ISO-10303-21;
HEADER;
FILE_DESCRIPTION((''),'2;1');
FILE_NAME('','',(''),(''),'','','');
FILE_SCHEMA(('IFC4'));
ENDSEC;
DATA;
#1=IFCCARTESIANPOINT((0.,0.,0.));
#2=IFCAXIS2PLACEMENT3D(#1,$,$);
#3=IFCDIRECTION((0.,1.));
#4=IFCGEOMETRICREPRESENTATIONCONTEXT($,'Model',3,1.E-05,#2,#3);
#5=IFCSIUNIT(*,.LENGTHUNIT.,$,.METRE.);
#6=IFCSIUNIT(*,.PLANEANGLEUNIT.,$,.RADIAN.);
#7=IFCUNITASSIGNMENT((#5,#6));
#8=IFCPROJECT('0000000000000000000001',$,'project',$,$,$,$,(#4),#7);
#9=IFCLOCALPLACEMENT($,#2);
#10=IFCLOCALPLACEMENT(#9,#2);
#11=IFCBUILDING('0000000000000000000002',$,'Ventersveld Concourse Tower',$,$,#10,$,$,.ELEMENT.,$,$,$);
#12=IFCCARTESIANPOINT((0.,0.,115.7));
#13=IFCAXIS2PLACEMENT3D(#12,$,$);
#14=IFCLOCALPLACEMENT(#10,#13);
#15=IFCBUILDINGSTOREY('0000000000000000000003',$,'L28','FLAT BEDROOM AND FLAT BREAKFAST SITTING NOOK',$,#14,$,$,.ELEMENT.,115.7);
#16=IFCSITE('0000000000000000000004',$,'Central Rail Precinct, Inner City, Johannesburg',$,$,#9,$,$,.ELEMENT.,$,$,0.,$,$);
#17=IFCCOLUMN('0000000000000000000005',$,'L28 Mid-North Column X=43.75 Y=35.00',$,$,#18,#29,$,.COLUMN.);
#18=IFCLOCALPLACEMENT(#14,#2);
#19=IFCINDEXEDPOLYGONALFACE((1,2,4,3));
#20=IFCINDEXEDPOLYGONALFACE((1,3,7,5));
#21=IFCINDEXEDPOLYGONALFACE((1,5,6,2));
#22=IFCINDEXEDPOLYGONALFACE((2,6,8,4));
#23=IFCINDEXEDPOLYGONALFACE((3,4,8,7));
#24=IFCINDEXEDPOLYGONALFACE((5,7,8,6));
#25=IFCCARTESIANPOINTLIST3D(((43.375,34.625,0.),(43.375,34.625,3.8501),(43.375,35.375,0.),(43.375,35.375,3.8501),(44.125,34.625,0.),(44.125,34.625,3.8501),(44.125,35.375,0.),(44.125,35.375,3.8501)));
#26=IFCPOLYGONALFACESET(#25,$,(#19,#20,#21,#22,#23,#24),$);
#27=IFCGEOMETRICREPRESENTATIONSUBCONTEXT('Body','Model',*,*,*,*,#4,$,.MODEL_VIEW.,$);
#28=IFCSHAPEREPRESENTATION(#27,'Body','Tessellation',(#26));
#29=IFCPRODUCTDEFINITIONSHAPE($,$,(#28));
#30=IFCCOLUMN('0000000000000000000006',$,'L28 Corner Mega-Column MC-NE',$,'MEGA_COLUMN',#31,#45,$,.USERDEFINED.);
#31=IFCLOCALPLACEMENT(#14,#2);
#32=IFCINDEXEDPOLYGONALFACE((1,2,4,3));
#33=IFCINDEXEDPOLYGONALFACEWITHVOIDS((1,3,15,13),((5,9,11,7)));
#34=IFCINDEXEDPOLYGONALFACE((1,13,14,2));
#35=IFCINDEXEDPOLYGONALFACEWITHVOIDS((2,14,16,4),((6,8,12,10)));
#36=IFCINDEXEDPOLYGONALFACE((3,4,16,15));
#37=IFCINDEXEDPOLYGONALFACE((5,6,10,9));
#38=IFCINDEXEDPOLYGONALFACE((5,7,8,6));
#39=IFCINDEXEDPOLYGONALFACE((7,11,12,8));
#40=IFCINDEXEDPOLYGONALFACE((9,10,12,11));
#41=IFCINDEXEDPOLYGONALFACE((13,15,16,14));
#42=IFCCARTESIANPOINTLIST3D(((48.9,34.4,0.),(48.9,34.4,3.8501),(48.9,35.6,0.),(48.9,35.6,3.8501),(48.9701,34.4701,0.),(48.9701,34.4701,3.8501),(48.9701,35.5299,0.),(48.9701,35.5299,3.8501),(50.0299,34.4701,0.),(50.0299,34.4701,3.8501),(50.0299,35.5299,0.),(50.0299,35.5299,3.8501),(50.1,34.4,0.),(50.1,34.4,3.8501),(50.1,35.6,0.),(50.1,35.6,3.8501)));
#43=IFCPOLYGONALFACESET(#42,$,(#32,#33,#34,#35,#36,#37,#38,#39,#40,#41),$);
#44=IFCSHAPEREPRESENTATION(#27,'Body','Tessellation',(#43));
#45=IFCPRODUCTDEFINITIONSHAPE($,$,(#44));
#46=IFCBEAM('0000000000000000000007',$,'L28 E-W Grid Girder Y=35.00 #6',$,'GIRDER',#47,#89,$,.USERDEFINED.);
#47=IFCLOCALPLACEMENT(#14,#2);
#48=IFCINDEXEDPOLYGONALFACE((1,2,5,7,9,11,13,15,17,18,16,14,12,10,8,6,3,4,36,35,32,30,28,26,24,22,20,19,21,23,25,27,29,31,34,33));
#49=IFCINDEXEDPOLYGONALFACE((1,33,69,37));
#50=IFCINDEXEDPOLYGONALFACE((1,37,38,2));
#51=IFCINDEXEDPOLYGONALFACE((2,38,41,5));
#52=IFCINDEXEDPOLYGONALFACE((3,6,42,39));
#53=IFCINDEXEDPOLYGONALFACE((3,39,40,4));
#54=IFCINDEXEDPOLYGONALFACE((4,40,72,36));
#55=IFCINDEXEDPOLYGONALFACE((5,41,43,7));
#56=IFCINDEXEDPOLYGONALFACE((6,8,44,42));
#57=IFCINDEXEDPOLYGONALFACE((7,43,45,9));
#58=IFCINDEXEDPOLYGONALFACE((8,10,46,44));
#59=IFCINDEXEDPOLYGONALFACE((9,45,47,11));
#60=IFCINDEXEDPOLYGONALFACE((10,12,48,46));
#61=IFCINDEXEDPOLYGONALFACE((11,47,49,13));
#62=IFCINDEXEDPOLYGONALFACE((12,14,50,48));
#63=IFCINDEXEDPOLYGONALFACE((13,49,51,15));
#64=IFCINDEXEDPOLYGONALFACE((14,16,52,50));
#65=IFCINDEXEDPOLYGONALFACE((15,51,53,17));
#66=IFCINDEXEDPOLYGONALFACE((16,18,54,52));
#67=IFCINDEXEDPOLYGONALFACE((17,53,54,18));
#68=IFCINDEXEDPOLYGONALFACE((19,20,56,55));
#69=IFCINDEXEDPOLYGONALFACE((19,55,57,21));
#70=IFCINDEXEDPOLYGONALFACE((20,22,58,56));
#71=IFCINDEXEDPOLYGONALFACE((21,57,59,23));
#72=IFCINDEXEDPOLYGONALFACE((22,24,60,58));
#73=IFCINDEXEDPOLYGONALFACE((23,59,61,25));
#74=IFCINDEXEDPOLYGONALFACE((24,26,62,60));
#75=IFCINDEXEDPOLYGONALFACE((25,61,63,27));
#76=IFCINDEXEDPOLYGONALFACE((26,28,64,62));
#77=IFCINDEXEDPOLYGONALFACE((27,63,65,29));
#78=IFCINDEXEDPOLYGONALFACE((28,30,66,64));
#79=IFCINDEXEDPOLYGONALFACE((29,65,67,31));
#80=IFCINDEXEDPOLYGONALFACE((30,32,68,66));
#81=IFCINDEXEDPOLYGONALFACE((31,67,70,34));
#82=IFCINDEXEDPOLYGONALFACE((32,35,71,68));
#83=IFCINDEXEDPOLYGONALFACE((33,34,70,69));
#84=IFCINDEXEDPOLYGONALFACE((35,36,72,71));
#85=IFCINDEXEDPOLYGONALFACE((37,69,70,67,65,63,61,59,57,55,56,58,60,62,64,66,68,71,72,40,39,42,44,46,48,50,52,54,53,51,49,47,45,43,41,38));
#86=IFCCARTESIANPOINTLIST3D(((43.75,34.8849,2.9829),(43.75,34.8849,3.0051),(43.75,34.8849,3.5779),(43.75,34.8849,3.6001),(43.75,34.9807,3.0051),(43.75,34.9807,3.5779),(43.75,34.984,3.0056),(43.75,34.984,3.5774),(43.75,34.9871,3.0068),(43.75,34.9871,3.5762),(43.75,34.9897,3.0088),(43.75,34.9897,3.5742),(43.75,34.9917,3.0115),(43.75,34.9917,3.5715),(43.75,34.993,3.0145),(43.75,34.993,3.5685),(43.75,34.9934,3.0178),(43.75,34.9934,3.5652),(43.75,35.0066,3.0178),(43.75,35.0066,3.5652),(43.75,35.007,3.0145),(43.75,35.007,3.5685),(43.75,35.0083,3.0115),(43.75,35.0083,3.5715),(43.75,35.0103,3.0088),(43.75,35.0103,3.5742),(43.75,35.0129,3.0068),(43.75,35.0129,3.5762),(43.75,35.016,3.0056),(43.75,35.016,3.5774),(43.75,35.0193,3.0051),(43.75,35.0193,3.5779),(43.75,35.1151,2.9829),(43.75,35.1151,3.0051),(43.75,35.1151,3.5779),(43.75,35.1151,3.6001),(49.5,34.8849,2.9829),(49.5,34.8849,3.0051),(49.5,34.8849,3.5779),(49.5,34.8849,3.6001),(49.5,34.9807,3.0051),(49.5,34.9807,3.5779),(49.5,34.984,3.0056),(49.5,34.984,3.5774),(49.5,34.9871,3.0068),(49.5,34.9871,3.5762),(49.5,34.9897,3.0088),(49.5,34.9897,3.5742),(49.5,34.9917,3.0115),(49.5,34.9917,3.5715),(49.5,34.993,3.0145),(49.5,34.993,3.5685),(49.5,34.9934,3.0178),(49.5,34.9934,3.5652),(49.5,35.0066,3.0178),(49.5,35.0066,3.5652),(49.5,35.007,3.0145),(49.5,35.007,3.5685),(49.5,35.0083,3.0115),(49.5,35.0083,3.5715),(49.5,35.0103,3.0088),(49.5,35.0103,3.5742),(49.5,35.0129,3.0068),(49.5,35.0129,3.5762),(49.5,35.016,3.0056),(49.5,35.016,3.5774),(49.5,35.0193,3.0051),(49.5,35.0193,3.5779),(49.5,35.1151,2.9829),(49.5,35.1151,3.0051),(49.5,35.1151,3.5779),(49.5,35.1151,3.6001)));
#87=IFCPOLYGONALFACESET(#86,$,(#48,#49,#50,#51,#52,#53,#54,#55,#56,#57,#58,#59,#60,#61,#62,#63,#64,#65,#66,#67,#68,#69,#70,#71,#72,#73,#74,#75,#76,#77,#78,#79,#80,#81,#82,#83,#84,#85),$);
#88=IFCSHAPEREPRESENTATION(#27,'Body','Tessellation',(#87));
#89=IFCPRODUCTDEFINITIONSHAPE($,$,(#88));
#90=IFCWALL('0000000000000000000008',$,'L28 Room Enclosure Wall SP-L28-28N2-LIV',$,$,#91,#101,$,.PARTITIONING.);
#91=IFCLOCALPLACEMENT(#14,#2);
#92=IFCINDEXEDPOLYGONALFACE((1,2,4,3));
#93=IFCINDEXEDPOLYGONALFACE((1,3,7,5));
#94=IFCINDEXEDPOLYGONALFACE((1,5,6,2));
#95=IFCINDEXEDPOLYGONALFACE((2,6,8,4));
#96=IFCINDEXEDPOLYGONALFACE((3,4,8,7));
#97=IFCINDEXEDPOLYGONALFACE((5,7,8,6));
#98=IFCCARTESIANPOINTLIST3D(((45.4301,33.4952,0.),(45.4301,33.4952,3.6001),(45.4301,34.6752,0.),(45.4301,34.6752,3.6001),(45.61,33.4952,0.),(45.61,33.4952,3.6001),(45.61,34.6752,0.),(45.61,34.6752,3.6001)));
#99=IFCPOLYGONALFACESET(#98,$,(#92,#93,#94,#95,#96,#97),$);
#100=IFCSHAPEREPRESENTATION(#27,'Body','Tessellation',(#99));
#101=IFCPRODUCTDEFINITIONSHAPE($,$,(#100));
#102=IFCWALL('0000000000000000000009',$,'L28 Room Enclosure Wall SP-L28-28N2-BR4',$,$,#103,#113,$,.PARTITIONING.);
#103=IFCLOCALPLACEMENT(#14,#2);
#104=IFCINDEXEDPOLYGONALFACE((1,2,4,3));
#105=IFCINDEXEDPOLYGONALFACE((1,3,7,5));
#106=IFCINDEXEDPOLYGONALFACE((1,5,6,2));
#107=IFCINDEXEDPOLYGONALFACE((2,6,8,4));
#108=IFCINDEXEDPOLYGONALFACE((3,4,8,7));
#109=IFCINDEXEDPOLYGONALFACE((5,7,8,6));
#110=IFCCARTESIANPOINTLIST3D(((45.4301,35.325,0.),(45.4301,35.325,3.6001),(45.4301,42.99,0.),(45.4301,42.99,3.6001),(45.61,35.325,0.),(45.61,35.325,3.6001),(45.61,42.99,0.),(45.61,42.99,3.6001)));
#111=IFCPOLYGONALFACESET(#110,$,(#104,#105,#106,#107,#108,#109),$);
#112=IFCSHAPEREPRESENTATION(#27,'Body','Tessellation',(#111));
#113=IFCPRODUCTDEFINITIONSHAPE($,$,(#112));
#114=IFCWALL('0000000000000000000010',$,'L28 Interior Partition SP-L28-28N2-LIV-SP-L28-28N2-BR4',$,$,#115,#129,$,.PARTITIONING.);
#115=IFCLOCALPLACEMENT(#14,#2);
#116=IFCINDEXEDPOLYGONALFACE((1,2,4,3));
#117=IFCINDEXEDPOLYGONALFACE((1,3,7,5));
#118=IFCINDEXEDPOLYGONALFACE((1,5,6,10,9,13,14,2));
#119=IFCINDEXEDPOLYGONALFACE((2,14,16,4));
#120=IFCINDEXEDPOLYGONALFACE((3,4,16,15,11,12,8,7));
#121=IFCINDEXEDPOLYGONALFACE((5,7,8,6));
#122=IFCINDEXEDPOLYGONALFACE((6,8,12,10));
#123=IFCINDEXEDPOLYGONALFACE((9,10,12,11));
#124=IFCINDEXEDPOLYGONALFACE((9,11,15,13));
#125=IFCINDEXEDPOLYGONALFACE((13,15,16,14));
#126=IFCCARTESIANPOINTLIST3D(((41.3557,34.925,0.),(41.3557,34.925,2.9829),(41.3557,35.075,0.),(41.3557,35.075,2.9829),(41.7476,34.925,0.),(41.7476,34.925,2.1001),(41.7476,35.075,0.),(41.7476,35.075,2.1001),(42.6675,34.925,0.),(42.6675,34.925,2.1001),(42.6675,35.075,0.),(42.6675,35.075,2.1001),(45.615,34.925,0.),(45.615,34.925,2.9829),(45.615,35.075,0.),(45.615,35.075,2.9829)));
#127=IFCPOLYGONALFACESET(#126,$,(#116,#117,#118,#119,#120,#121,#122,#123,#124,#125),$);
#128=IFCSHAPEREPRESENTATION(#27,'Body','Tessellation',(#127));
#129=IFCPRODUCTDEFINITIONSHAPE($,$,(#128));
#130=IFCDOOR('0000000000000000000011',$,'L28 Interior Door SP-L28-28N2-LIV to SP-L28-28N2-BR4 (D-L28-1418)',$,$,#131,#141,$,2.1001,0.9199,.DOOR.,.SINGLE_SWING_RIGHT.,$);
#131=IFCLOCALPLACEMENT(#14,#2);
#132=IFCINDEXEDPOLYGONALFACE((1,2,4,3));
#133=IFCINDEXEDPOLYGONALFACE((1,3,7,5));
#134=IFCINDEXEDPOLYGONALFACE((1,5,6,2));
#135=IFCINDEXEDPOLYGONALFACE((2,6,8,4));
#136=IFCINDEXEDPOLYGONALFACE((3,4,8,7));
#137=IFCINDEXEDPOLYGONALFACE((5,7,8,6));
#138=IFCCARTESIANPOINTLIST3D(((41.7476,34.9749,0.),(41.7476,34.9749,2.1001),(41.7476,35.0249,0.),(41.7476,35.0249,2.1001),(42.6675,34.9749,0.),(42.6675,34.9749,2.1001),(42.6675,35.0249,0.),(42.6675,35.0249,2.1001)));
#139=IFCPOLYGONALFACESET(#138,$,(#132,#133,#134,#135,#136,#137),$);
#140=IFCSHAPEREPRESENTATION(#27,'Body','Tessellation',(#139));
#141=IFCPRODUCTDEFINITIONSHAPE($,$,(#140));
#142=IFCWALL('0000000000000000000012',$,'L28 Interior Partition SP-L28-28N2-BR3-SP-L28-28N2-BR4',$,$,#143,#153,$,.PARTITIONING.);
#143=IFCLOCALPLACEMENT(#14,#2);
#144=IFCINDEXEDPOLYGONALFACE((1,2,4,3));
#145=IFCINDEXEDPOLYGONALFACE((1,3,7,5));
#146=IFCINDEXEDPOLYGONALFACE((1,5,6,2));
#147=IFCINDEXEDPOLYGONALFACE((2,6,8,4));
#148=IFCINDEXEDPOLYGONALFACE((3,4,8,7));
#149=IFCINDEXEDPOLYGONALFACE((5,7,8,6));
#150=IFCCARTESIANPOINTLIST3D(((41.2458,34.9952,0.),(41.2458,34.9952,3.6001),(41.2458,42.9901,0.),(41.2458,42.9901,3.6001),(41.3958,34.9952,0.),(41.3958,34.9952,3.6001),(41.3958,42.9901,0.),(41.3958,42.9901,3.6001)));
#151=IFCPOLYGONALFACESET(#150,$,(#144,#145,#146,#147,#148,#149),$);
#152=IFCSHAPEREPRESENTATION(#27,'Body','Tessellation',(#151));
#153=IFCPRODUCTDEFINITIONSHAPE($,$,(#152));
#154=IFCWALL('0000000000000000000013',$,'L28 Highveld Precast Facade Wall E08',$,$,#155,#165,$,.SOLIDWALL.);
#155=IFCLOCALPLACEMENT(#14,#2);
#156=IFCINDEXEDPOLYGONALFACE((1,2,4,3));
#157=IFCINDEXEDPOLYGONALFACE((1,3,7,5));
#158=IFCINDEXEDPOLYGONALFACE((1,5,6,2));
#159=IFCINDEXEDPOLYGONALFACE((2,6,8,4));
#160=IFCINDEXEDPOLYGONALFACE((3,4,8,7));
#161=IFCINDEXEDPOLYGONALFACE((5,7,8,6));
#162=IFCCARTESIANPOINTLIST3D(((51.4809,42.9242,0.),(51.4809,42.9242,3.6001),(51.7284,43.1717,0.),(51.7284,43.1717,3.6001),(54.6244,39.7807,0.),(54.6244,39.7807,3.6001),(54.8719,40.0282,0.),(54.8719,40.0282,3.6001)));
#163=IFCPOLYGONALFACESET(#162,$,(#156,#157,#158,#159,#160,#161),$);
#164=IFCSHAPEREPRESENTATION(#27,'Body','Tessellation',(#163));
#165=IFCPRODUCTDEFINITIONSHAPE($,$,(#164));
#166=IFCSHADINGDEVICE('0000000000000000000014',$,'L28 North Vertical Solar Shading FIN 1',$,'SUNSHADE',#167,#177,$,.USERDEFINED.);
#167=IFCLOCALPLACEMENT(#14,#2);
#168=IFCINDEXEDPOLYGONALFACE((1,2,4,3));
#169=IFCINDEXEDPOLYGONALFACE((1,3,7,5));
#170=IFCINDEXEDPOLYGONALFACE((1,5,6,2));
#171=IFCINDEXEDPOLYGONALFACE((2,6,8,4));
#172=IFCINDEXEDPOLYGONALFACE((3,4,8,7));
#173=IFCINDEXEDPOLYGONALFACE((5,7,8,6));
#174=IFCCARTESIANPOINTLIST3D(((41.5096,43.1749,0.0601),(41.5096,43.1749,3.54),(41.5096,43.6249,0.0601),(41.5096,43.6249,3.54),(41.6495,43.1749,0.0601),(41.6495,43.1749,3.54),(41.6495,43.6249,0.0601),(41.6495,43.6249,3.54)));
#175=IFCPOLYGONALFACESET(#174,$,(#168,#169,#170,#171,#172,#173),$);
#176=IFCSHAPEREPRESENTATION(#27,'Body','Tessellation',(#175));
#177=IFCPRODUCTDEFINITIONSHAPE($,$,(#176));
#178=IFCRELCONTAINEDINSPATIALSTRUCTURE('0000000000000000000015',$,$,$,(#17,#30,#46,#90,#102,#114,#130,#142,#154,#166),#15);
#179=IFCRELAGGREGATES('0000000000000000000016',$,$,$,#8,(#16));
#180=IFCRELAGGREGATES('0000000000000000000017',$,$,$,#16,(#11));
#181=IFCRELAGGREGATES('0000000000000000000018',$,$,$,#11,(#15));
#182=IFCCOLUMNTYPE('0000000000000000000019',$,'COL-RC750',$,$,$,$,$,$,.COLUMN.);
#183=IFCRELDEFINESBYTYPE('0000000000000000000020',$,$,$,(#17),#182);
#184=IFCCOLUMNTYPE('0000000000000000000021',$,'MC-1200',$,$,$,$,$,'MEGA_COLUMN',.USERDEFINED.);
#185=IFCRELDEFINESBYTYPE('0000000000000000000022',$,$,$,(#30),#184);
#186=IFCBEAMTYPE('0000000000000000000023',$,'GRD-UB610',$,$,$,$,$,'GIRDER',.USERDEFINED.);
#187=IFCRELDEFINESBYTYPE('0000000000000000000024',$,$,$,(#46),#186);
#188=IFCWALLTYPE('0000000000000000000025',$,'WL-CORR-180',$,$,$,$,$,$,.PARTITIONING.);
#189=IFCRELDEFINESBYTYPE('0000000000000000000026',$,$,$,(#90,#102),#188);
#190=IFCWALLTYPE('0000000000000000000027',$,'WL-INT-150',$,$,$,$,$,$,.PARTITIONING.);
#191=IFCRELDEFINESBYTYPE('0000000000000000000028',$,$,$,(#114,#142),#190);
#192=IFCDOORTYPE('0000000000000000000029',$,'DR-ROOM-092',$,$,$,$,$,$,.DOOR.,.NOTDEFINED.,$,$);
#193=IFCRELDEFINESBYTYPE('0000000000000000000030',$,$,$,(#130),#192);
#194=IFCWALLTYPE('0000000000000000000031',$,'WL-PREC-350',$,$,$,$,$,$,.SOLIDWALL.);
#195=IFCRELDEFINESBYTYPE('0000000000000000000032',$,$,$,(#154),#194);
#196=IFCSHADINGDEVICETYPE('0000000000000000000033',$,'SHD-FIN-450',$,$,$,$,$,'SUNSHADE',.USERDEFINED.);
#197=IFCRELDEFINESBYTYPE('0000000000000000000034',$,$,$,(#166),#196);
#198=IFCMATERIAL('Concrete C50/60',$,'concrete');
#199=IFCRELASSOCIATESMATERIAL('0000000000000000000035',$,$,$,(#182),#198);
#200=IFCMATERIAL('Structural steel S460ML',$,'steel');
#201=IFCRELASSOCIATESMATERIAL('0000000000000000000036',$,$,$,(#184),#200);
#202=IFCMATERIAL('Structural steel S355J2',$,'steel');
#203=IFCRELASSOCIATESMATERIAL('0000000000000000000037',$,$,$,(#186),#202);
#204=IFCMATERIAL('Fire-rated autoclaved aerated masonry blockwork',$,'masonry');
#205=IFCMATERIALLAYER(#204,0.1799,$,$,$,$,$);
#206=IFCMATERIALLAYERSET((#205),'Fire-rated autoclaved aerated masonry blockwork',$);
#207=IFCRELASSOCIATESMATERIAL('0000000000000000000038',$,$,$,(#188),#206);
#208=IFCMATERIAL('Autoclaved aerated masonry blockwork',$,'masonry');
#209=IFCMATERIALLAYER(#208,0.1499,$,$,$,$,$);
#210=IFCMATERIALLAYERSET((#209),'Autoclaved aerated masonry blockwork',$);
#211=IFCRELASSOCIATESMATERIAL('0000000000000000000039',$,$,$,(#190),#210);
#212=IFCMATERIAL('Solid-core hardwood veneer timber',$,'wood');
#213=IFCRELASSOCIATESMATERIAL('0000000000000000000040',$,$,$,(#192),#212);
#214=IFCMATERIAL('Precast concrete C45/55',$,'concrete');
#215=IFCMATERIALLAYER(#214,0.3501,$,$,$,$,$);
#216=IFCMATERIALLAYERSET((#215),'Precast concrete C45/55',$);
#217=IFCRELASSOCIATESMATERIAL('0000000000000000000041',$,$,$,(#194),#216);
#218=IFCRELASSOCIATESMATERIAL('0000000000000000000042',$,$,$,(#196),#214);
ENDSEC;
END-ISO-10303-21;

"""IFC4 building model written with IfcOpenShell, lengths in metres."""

from ifc_helpers import new_model, si_unit, direction, frame, frame_2d, origin, origin_2d, place, context, subcontext, project, spatial, rectangle, hollow_rectangle, i_section, extrude, material, layer, layer_set, material_profile, profile_set, type_object, element, fill, save


model = new_model("IFC4")

# Units and contexts
model_context = context("Model", 3, precision=1e-05, world=origin(), true_north=direction((0.0, 1.0)))
body_context = subcontext(model_context, "Body", "Model", "MODEL_VIEW")
ifc_project = project(units=[si_unit("LENGTHUNIT", "METRE"), si_unit("PLANEANGLEUNIT", "RADIAN")], contexts=[model_context])

# Site, building, storey
site_placement = place(None, origin())
site = spatial("IfcSite", under=ifc_project, at=site_placement, Name="Central Rail Precinct, Inner City, Johannesburg", CompositionType="ELEMENT", RefElevation=0.0)
building_placement = place(site_placement, origin())
building = spatial("IfcBuilding", under=site, at=building_placement, Name="Ventersveld Concourse Tower", CompositionType="ELEMENT")
storey_placement = place(building_placement, frame((0.0, 0.0, 115.7)))
storey = spatial("IfcBuildingStorey", under=building, at=storey_placement, Name="L28", Description="FLAT BEDROOM AND FLAT BREAKFAST SITTING NOOK", CompositionType="ELEMENT", Elevation=115.7)

# Columns
ifc_material_1 = material(Name="Concrete C50/60", Category="concrete")
ifc_material_profile_1 = material_profile(ifc_material_1, rectangle(XDim=0.75, YDim=0.75, at=origin_2d()), Name="RC 750x750")
ifc_profile_set_1 = profile_set([ifc_material_profile_1], Name="Concrete C50/60")
column_type_1 = type_object("IfcColumnType", Name="COL-RC750", PredefinedType="COLUMN", material=ifc_profile_set_1)
column_1_placement = place(storey_placement, frame((43.75, 35.0, 0.0), z_axis=(0.0, 0.0, 1.0), x_axis=(1.0, 0.0, 0.0)))
element("IfcColumn", 1, at=column_1_placement, inside=storey, type_object=column_type_1, Name="L28 Mid-North Column X=43.75 Y=35.00", PredefinedType="COLUMN", context=body_context, shape_type="SweptSolid", body=[
    extrude(rectangle(XDim=0.75, YDim=0.75, at=origin_2d()), origin(), (0.0, 0.0, 1.0), 3.8501),
])
ifc_material_2 = material(Name="Structural steel S460ML", Category="steel")
ifc_material_profile_2 = material_profile(ifc_material_2, hollow_rectangle(XDim=1.2, YDim=1.2, WallThickness=0.0701, at=origin_2d()), Name="BOX 1200x1200x70")
ifc_profile_set_2 = profile_set([ifc_material_profile_2], Name="Structural steel S460ML")
column_type_2 = type_object("IfcColumnType", Name="MC-1200", ElementType="MEGA_COLUMN", PredefinedType="USERDEFINED", material=ifc_profile_set_2)
column_2_placement = place(storey_placement, frame((49.5, 35.0, 0.0), z_axis=(0.0, 0.0, 1.0), x_axis=(1.0, 0.0, 0.0)))
element("IfcColumn", 2, at=column_2_placement, inside=storey, type_object=column_type_2, Name="L28 Corner Mega-Column MC-NE", ObjectType="MEGA_COLUMN", PredefinedType="USERDEFINED", context=body_context, shape_type="SweptSolid", body=[
    extrude(hollow_rectangle(XDim=1.2, YDim=1.2, WallThickness=0.0701, at=origin_2d()), origin(), (0.0, 0.0, 1.0), 3.8501),
])

# Beam
ifc_material_3 = material(Name="Structural steel S355J2", Category="steel")
ifc_material_profile_3 = material_profile(ifc_material_3, i_section(OverallWidth=0.2302, OverallDepth=0.6172, WebThickness=0.0132, FlangeThickness=0.0222, FilletRadius=0.0127, at=origin_2d()), Name="UB 610x229x140")
ifc_profile_set_3 = profile_set([ifc_material_profile_3], Name="Structural steel S355J2")
beam_type = type_object("IfcBeamType", Name="GRD-UB610", ElementType="GIRDER", PredefinedType="USERDEFINED", material=ifc_profile_set_3)
beam_placement = place(storey_placement, frame((43.75, 35.0, 3.2915), z_axis=(1.0, 0.0, 0.0), x_axis=(0.0, 1.0, 0.0)))
element("IfcBeam", 3, at=beam_placement, inside=storey, type_object=beam_type, Name="L28 E-W Grid Girder Y=35.00 #6", ObjectType="GIRDER", PredefinedType="USERDEFINED", context=body_context, shape_type="SweptSolid", body=[
    extrude(i_section(OverallWidth=0.2302, OverallDepth=0.6172, WebThickness=0.0132, FlangeThickness=0.0222, FilletRadius=0.0127, at=origin_2d()), origin(), (0.0, 0.0, 1.0), 5.75),
])

# Walls
ifc_material_4 = material(Name="Fire-rated autoclaved aerated masonry blockwork", Category="masonry")
ifc_layer_1 = layer(ifc_material_4, 0.1799)
ifc_layer_set_1 = layer_set([ifc_layer_1], Name="Fire-rated autoclaved aerated masonry blockwork")
wall_type_1 = type_object("IfcWallType", Name="WL-CORR-180", PredefinedType="PARTITIONING", material=ifc_layer_set_1)
wall_1_placement = place(storey_placement, frame((45.52, 34.675, 0.0), z_axis=(0.0, 0.0, 1.0), x_axis=(0.0, -1.0, 0.0)))
element("IfcWall", 4, at=wall_1_placement, inside=storey, type_object=wall_type_1, Name="L28 Room Enclosure Wall SP-L28-28N2-LIV", PredefinedType="PARTITIONING", context=body_context, shape_type="SweptSolid", body=[
    extrude(rectangle(XDim=1.1799, YDim=0.1799, at=frame_2d((0.5898, 0.0))), origin(), (0.0, 0.0, 1.0), 3.6001),
])
wall_2_placement = place(storey_placement, frame((45.52, 42.99, 0.0), z_axis=(0.0, 0.0, 1.0), x_axis=(0.0, -1.0, 0.0)))
element("IfcWall", 5, at=wall_2_placement, inside=storey, type_object=wall_type_1, Name="L28 Room Enclosure Wall SP-L28-28N2-BR4", PredefinedType="PARTITIONING", context=body_context, shape_type="SweptSolid", body=[
    extrude(rectangle(XDim=7.665, YDim=0.1799, at=frame_2d((3.8325, 0.0))), origin(), (0.0, 0.0, 1.0), 3.6001),
])

# Wall, opening, door
ifc_material_5 = material(Name="Autoclaved aerated masonry blockwork", Category="masonry")
ifc_layer_2 = layer(ifc_material_5, 0.1499)
ifc_layer_set_2 = layer_set([ifc_layer_2], Name="Autoclaved aerated masonry blockwork")
wall_type_2 = type_object("IfcWallType", Name="WL-INT-150", PredefinedType="PARTITIONING", material=ifc_layer_set_2)
wall_3_placement = place(storey_placement, frame((41.3557, 35.0, 0.0), z_axis=(0.0, 0.0, 1.0), x_axis=(1.0, 0.0, 0.0)))
wall_3 = element("IfcWall", 6, at=wall_3_placement, inside=storey, type_object=wall_type_2, Name="L28 Interior Partition SP-L28-28N2-LIV-SP-L28-28N2-BR4", PredefinedType="PARTITIONING", context=body_context, shape_type="SweptSolid", body=[
    extrude(rectangle(XDim=4.2593, YDim=0.1499, at=frame_2d((2.1296, 0.0))), origin(), (0.0, 0.0, 1.0), 2.9829),
])
opening_1_placement = place(wall_3_placement, frame((0.3918, 0.0, 0.0)))
opening_1 = element("IfcOpeningElement", 7, at=opening_1_placement, cuts=wall_3, PredefinedType="OPENING", context=body_context, shape_type="SweptSolid", body=[
    extrude(rectangle(XDim=0.9199, YDim=2.1001, at=frame_2d((0.46, 1.05))), frame((0.0, 0.085, 0.0), z_axis=(0.0, -1.0, 0.0), x_axis=(1.0, 0.0, 0.0)), (0.0, 0.0, 1.0), 0.1699),
])
ifc_material_6 = material(Name="Solid-core hardwood veneer timber", Category="wood")
door_type = type_object("IfcDoorType", Name="DR-ROOM-092", OperationType="NOTDEFINED", PredefinedType="DOOR", material=ifc_material_6)
door_placement = place(opening_1_placement, origin())
door = element("IfcDoor", 8, at=door_placement, inside=storey, type_object=door_type, Name="L28 Interior Door SP-L28-28N2-LIV to SP-L28-28N2-BR4 (D-L28-1418)", OperationType="SINGLE_SWING_RIGHT", OverallHeight=2.1001, OverallWidth=0.9199, PredefinedType="DOOR", context=body_context, shape_type="SweptSolid", body=[
    extrude(rectangle(XDim=0.9199, YDim=2.1001, at=frame_2d((0.46, 1.05))), frame((0.0, 0.0249, 0.0), z_axis=(0.0, -1.0, 0.0), x_axis=(1.0, 0.0, 0.0)), (0.0, 0.0, 1.0), 0.05),
])
fill(opening_1, door)

# Walls
wall_4_placement = place(storey_placement, frame((41.3208, 34.9951, 0.0), z_axis=(0.0, 0.0, 1.0), x_axis=(0.0, 1.0, 0.0)))
element("IfcWall", 9, at=wall_4_placement, inside=storey, type_object=wall_type_2, Name="L28 Interior Partition SP-L28-28N2-BR3-SP-L28-28N2-BR4", PredefinedType="PARTITIONING", context=body_context, shape_type="SweptSolid", body=[
    extrude(rectangle(XDim=7.9949, YDim=0.1499, at=frame_2d((3.9976, 0.0))), origin(), (0.0, 0.0, 1.0), 3.6001),
])
ifc_material_7 = material(Name="Precast concrete C45/55", Category="concrete")
ifc_layer_3 = layer(ifc_material_7, 0.3501)
ifc_layer_set_3 = layer_set([ifc_layer_3], Name="Precast concrete C45/55")
wall_type_3 = type_object("IfcWallType", Name="WL-PREC-350", PredefinedType="SOLIDWALL", material=ifc_layer_set_3)
wall_5_placement = place(storey_placement, frame((54.748, 39.9045, 0.0), z_axis=(0.0, 0.0, 1.0), x_axis=(-0.707107, 0.707107, 0.0)))
element("IfcWall", 10, at=wall_5_placement, inside=storey, type_object=wall_type_3, Name="L28 Highveld Precast Facade Wall E08", PredefinedType="SOLIDWALL", context=body_context, shape_type="SweptSolid", body=[
    extrude(rectangle(XDim=4.4456, YDim=0.3501, at=frame_2d((2.2227, 0.0))), origin(), (0.0, 0.0, 1.0), 3.6001),
])

# Shading device
shading_device_type = type_object("IfcShadingDeviceType", Name="SHD-FIN-450", ElementType="SUNSHADE", PredefinedType="USERDEFINED", material=ifc_material_7)
shading_device_placement = place(storey_placement, frame((41.5796, 43.3999, 0.0601), z_axis=(0.0, 0.0, 1.0), x_axis=(1.0, 0.0, 0.0)))
element("IfcShadingDevice", 11, at=shading_device_placement, inside=storey, type_object=shading_device_type, Name="L28 North Vertical Solar Shading FIN 1", ObjectType="SUNSHADE", PredefinedType="USERDEFINED", context=body_context, shape_type="SweptSolid", body=[
    extrude(rectangle(XDim=0.1399, YDim=0.45, at=origin_2d()), origin(), (0.0, 0.0, 1.0), 3.48),
])

save(model, "model.ifc")
